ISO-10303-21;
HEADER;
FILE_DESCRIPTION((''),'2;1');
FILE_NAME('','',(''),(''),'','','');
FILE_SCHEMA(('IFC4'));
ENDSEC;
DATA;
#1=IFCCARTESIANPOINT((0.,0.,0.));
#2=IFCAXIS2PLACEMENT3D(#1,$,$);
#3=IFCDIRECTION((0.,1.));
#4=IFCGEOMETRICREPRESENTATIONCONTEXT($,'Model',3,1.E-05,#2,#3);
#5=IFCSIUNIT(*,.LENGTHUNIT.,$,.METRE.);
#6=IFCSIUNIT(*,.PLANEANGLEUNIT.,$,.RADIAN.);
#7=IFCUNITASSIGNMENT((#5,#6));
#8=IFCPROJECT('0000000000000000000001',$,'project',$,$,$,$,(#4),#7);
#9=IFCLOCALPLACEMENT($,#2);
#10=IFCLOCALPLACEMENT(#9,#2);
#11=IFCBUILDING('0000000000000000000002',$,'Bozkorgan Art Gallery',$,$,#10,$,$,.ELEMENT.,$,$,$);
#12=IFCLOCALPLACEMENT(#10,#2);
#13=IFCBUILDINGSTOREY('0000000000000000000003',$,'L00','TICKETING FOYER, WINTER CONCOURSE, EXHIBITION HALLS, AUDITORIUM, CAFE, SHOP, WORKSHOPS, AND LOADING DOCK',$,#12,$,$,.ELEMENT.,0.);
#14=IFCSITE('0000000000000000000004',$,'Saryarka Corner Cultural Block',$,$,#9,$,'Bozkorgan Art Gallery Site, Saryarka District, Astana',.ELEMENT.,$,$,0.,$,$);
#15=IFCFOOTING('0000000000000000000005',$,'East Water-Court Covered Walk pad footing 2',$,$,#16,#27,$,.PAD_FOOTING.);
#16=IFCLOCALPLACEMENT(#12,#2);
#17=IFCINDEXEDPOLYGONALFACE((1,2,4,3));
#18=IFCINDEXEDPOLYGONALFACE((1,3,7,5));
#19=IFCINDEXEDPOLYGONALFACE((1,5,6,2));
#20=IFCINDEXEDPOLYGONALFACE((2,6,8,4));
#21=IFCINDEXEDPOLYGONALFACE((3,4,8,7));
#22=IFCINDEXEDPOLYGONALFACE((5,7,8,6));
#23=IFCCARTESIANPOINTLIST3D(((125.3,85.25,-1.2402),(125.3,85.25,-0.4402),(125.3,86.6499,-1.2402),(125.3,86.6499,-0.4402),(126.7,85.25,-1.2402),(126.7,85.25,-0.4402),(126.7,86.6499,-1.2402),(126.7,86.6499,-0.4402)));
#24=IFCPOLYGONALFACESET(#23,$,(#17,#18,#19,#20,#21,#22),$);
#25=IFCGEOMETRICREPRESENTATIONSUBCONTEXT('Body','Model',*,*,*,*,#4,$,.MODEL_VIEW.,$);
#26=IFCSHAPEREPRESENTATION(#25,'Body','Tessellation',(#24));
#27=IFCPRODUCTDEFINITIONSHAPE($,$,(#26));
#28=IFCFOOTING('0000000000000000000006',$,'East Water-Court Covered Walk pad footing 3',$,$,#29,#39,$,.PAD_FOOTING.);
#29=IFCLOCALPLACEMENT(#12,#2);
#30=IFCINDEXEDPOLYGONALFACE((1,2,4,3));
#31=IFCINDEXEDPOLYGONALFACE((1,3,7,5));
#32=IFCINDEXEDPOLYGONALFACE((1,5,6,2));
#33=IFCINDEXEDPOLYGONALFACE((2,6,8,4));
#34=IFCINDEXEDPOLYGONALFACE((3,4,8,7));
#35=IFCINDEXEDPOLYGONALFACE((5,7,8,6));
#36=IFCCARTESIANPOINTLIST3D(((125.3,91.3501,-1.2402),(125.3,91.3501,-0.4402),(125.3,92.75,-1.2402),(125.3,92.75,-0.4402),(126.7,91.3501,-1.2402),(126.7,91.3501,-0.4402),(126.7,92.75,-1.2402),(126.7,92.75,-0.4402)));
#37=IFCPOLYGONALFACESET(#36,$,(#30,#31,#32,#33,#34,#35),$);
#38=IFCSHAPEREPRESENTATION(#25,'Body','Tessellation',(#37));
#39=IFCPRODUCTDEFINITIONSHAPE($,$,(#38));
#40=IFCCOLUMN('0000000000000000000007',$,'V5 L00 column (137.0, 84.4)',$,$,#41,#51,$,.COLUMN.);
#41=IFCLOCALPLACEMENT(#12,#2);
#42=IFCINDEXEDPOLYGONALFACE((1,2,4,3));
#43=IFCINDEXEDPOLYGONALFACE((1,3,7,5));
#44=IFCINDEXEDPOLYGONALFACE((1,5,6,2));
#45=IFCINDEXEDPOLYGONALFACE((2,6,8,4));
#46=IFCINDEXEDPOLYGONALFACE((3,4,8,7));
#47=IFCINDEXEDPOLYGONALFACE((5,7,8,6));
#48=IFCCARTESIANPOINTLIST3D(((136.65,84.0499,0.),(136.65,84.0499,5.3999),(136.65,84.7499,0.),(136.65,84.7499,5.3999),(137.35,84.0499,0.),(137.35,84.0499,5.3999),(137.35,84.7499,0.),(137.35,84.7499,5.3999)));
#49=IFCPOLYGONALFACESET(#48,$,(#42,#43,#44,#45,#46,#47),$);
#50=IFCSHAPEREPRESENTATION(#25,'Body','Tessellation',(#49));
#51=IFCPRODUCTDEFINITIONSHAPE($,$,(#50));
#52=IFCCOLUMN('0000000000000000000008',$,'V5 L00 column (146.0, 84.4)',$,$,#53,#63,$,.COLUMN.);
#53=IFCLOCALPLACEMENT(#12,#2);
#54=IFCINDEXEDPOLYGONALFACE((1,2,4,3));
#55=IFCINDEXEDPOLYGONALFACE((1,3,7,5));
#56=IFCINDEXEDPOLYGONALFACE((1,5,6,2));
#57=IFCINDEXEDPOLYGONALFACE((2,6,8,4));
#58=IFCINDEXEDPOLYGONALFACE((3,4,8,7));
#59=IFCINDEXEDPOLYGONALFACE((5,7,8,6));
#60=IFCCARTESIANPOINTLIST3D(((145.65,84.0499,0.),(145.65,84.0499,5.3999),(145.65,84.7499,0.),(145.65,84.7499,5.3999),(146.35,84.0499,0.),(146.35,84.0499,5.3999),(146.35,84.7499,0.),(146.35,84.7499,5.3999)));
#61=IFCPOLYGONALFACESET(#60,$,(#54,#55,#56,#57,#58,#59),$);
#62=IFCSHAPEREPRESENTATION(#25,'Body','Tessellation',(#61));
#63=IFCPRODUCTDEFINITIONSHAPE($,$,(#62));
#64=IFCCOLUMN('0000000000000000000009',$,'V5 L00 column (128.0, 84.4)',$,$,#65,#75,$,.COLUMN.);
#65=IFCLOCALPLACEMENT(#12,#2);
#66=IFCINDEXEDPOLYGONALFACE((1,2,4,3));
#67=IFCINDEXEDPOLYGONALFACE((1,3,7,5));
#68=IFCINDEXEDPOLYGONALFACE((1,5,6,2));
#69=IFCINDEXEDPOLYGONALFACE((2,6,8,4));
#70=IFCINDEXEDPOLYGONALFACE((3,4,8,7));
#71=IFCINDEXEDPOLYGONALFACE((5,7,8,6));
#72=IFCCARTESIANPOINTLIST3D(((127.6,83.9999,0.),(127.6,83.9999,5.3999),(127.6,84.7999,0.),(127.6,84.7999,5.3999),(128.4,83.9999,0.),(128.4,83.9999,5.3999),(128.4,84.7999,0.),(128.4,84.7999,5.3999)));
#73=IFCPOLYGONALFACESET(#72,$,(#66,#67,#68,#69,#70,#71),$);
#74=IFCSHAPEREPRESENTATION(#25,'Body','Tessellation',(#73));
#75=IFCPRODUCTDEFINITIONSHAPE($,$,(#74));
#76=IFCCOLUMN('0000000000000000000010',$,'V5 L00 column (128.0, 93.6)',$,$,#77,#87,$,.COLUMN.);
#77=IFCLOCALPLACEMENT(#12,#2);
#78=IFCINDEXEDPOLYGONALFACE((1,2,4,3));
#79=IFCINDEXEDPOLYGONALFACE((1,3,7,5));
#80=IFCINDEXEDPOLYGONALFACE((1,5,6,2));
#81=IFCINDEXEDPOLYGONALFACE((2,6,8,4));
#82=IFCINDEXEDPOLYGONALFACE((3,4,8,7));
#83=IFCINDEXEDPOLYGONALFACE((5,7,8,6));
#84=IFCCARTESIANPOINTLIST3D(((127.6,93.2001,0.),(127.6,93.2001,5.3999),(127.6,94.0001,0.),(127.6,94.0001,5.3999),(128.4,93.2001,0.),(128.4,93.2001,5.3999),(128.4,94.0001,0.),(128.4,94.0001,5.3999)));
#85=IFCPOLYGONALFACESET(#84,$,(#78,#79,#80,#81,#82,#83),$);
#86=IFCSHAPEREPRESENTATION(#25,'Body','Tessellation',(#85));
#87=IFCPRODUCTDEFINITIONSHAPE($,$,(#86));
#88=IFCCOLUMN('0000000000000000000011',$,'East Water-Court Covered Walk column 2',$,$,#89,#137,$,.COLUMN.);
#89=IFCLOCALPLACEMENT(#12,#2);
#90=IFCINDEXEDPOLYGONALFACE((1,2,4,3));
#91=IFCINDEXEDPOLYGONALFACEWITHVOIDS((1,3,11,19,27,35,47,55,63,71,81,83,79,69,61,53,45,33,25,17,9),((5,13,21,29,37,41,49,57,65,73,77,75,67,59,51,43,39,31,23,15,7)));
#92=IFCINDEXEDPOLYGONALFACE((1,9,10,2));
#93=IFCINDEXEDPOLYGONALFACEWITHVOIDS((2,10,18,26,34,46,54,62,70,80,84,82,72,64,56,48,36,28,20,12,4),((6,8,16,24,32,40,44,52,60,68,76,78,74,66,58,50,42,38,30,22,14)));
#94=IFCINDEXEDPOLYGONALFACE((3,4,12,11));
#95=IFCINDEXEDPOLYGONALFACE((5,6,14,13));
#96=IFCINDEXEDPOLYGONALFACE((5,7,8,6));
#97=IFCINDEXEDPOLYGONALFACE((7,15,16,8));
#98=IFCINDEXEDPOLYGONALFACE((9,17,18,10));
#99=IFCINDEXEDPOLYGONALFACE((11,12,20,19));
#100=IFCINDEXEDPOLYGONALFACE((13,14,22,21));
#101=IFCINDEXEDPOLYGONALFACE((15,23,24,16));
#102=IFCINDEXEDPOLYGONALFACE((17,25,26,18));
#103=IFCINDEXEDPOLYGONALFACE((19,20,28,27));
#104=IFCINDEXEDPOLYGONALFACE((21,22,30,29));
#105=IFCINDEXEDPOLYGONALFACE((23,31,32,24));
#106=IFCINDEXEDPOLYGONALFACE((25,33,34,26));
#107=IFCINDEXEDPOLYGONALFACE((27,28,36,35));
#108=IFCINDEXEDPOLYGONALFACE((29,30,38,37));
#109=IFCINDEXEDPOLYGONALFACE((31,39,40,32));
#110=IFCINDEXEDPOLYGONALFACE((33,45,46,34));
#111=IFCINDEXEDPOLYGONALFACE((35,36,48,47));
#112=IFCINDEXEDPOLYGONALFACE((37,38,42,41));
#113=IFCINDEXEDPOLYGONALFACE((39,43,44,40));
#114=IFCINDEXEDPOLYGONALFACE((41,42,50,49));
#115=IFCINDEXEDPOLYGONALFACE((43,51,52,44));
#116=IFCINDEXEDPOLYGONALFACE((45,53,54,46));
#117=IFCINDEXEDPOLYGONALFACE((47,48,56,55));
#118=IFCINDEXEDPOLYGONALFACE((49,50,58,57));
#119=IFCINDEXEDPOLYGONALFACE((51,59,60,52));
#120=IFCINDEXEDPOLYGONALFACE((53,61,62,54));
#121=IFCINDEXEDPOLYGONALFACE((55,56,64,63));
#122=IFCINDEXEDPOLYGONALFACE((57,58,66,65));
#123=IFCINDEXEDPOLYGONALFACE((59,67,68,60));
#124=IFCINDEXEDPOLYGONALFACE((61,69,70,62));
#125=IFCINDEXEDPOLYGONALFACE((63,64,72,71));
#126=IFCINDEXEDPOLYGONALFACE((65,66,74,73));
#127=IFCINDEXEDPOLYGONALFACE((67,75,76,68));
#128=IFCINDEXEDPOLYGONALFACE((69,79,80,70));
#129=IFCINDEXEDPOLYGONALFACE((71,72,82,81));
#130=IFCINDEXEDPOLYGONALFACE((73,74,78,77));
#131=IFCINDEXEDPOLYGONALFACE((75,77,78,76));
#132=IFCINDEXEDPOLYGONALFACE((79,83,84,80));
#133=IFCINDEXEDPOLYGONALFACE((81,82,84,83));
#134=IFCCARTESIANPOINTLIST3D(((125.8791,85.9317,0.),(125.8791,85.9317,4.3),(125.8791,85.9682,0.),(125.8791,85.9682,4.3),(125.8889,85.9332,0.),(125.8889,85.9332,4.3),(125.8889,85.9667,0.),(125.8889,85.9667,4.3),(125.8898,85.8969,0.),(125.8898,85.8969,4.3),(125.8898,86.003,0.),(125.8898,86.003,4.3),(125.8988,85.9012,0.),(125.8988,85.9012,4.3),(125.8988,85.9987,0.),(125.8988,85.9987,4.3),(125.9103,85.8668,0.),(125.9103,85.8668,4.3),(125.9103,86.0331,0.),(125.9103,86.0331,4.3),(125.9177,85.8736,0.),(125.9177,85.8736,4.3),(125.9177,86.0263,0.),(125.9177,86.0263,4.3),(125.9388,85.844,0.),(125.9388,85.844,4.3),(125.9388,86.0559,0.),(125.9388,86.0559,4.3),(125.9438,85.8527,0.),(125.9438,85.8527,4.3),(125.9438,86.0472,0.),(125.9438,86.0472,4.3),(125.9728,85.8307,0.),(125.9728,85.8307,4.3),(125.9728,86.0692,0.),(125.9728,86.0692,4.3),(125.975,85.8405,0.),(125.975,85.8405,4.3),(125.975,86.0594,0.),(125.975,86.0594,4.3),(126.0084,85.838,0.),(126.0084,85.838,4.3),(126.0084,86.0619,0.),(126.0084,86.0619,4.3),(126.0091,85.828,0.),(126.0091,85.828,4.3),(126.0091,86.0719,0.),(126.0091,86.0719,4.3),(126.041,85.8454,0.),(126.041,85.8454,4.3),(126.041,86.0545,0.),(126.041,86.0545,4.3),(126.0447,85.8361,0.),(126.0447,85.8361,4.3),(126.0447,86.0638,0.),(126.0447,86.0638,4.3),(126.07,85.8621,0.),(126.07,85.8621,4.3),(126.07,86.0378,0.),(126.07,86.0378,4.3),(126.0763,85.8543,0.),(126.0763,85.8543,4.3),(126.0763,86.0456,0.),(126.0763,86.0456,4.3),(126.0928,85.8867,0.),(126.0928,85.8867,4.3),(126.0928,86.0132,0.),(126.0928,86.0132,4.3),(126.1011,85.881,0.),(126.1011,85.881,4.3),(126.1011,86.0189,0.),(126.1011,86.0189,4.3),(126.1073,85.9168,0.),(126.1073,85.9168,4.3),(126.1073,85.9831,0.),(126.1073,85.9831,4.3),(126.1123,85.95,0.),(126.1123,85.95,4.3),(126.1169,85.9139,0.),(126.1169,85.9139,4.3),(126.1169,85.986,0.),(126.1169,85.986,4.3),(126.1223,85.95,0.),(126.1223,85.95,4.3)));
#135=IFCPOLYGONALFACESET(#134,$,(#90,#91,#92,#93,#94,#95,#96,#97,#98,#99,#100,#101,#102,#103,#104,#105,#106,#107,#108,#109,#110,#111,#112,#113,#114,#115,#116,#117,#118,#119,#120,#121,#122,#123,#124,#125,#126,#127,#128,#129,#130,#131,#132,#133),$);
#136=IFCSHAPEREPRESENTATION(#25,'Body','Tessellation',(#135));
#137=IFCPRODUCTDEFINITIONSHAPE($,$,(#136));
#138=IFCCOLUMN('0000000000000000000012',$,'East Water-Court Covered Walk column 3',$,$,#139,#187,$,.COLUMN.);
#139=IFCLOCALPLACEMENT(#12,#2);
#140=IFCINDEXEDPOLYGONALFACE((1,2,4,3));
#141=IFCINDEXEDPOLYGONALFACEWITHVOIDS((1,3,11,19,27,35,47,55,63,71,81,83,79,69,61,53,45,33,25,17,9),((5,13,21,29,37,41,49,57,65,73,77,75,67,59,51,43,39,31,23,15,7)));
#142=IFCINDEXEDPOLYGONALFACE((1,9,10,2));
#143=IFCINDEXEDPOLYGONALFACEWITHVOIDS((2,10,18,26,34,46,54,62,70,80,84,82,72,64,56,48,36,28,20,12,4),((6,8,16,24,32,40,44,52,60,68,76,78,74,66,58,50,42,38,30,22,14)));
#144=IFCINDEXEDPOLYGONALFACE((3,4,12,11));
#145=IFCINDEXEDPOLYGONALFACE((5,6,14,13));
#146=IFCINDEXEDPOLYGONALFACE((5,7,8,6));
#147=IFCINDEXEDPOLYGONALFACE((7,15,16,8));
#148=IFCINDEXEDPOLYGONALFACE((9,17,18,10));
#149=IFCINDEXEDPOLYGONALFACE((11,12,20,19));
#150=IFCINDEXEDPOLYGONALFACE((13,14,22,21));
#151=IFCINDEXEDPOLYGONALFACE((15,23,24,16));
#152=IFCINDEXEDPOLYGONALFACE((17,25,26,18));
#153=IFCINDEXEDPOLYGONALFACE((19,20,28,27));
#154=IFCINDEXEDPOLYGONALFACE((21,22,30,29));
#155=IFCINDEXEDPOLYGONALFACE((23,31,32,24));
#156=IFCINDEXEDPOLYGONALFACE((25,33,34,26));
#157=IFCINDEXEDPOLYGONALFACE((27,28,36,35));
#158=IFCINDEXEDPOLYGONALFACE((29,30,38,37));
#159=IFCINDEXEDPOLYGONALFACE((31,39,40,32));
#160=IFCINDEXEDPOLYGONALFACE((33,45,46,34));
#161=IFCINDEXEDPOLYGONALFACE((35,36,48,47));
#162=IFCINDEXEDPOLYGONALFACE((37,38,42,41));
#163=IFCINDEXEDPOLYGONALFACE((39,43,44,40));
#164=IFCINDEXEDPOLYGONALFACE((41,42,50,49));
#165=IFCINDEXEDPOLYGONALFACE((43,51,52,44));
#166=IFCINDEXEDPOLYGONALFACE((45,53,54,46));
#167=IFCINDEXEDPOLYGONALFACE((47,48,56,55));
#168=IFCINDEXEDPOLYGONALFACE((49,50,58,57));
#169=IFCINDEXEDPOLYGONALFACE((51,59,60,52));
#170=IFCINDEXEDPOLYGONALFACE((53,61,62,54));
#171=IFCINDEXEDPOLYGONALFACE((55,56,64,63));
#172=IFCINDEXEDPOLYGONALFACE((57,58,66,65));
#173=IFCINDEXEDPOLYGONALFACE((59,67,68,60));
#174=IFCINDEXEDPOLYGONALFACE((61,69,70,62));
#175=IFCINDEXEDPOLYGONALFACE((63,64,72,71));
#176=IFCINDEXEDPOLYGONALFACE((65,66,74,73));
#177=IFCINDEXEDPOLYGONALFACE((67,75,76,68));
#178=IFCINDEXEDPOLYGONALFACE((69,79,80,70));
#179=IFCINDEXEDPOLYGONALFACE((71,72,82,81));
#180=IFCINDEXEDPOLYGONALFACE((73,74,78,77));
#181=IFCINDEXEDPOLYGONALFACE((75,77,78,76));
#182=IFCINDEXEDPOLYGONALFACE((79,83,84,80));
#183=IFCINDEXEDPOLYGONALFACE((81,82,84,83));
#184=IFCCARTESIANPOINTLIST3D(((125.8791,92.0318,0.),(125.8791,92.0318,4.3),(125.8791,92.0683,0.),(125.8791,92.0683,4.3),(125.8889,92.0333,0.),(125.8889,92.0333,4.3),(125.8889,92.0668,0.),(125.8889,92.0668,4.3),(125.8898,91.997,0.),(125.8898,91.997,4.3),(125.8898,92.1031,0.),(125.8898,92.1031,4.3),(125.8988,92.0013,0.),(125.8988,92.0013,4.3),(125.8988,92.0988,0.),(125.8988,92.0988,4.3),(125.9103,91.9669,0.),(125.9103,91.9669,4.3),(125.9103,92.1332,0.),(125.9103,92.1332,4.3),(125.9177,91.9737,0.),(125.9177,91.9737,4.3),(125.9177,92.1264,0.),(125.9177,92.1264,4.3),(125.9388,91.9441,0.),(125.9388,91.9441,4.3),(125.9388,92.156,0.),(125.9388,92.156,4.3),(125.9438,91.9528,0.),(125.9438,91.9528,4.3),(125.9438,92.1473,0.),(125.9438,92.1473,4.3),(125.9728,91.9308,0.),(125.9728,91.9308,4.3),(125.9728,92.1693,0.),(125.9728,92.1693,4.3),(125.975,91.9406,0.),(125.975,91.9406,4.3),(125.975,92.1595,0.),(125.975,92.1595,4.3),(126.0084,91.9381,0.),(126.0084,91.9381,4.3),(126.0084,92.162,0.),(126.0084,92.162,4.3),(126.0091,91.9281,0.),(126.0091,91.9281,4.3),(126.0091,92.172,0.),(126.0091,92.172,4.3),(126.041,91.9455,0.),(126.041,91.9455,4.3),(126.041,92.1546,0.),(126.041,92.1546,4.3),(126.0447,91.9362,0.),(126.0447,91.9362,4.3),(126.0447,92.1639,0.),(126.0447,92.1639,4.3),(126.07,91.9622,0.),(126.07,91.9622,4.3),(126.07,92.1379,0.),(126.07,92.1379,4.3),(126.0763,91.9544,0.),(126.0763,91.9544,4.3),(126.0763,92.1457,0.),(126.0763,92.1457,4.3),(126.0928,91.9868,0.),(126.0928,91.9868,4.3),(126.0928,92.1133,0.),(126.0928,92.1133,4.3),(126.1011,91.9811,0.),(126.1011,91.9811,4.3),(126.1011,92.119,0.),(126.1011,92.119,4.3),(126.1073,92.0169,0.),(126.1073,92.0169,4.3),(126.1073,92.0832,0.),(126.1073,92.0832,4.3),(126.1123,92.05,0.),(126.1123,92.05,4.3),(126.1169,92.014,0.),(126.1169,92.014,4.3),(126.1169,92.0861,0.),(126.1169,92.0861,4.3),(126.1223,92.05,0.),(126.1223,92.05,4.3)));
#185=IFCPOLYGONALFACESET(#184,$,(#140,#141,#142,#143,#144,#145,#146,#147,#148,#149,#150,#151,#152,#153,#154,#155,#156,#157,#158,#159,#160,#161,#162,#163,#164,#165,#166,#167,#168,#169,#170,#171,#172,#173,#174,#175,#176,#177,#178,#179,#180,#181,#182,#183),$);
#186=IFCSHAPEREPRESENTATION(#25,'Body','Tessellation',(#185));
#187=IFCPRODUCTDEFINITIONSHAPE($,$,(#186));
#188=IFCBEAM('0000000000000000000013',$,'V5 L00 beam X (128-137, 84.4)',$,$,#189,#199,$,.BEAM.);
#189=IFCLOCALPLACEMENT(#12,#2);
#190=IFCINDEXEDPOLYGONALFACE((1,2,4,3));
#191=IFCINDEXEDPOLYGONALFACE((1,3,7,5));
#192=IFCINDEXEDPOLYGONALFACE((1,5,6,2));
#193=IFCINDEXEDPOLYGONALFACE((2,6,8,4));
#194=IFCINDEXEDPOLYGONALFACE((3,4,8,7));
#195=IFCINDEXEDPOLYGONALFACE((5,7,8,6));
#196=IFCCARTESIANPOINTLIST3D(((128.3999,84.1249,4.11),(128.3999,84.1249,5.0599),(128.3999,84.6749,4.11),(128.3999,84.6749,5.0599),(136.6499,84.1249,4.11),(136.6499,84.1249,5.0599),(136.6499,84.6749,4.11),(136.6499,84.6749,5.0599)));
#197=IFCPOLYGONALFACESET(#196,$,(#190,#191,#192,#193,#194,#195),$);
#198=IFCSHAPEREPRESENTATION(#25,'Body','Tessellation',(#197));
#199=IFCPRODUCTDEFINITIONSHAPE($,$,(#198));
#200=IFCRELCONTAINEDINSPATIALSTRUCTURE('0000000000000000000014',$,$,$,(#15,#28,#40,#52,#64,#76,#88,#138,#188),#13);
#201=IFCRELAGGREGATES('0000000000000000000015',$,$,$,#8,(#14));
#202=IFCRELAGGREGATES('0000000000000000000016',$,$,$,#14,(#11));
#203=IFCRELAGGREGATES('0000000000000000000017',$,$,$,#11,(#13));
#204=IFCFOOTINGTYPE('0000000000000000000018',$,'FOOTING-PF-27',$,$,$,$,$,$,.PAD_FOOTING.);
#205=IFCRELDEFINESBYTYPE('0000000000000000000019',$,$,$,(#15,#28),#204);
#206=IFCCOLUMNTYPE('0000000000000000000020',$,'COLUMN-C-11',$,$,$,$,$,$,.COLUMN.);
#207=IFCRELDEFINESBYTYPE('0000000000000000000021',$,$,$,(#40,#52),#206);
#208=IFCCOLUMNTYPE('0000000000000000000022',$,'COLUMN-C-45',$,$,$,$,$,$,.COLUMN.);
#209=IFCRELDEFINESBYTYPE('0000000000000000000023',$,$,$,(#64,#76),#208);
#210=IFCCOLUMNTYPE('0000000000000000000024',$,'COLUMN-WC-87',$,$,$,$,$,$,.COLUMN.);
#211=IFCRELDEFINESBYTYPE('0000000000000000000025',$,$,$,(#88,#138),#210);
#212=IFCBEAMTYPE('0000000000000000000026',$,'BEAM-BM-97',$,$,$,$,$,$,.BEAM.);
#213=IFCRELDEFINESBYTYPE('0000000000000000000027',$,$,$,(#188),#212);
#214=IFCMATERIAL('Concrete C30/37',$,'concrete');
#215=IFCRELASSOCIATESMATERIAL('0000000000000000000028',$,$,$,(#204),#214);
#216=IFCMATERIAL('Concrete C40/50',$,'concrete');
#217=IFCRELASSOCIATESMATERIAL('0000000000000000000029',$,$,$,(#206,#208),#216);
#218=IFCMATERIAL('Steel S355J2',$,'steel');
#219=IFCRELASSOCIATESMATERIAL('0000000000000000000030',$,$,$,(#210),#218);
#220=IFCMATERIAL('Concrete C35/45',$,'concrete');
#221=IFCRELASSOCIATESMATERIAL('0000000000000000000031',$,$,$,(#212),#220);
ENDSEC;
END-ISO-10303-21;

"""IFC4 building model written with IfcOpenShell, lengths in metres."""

from ifc_helpers import new_model, si_unit, direction, frame, origin, origin_2d, place, context, subcontext, project, spatial, rectangle, hollow_circle, extrude, material, material_profile, profile_set, type_object, element, save


model = new_model("IFC4")

# Units and contexts
model_context = context("Model", 3, precision=1e-05, world=origin(), true_north=direction((0.0, 1.0)))
body_context = subcontext(model_context, "Body", "Model", "MODEL_VIEW")
ifc_project = project(units=[si_unit("LENGTHUNIT", "METRE"), si_unit("PLANEANGLEUNIT", "RADIAN")], contexts=[model_context])

# Site, building, storey
site_placement = place(None, origin())
site = spatial("IfcSite", under=ifc_project, at=site_placement, Name="Saryarka Corner Cultural Block", LongName="Bozkorgan Art Gallery Site, Saryarka District, Astana", CompositionType="ELEMENT", RefElevation=0.0)
building_placement = place(site_placement, origin())
building = spatial("IfcBuilding", under=site, at=building_placement, Name="Bozkorgan Art Gallery", CompositionType="ELEMENT")
storey_placement = place(building_placement, origin())
storey = spatial("IfcBuildingStorey", under=building, at=storey_placement, Name="L00", Description="TICKETING FOYER, WINTER CONCOURSE, EXHIBITION HALLS, AUDITORIUM, CAFE, SHOP, WORKSHOPS, AND LOADING DOCK", CompositionType="ELEMENT", Elevation=0.0)

# Footings
ifc_material_1 = material(Name="Concrete C30/37", Category="concrete")
footing_type = type_object("IfcFootingType", Name="FOOTING-PF-27", PredefinedType="PAD_FOOTING", material=ifc_material_1)
for number, where, z_axis, x_axis, name in (
    (1, (126.0, 85.95, -1.2402), (0.0, 0.0, 1.0), (1.0, 0.0, 0.0), "East Water-Court Covered Walk pad footing 2"),
    (2, (126.0, 92.05, -1.2402), (0.0, 0.0, 1.0), (1.0, 0.0, 0.0), "East Water-Court Covered Walk pad footing 3"),
):
    element("IfcFooting", number, at=place(storey_placement, frame(where, z_axis=z_axis, x_axis=x_axis)), inside=storey, type_object=footing_type, Name=name, PredefinedType="PAD_FOOTING", context=body_context, shape_type="SweptSolid", body=[
        extrude(rectangle(XDim=1.3999, YDim=1.3999, at=origin_2d()), origin(), (0.0, 0.0, 1.0), 0.8),
    ])

# Columns
ifc_material_2 = material(Name="Concrete C40/50", Category="concrete")
ifc_material_profile_1 = material_profile(ifc_material_2, rectangle(XDim=0.7, YDim=0.7, at=origin_2d()), Name="RC 700x700")
ifc_profile_set_1 = profile_set([ifc_material_profile_1], Name="Concrete C40/50")
column_type_1 = type_object("IfcColumnType", Name="COLUMN-C-11", PredefinedType="COLUMN", material=ifc_profile_set_1)
for number, where, z_axis, x_axis, name in (
    (3, (137.0, 84.3999, 0.0), (0.0, 0.0, 1.0), (1.0, 0.0, 0.0), "V5 L00 column (137.0, 84.4)"),
    (4, (146.0, 84.3999, 0.0), (0.0, 0.0, 1.0), (1.0, 0.0, 0.0), "V5 L00 column (146.0, 84.4)"),
):
    element("IfcColumn", number, at=place(storey_placement, frame(where, z_axis=z_axis, x_axis=x_axis)), inside=storey, type_object=column_type_1, Name=name, PredefinedType="COLUMN", context=body_context, shape_type="SweptSolid", body=[
        extrude(rectangle(XDim=0.7, YDim=0.7, at=origin_2d()), origin(), (0.0, 0.0, 1.0), 5.3999),
    ])
ifc_material_profile_2 = material_profile(ifc_material_2, rectangle(XDim=0.8, YDim=0.8, at=origin_2d()), Name="RC 800x800")
ifc_profile_set_2 = profile_set([ifc_material_profile_2], Name="Concrete C40/50")
column_type_2 = type_object("IfcColumnType", Name="COLUMN-C-45", PredefinedType="COLUMN", material=ifc_profile_set_2)
for number, where, z_axis, x_axis, name in (
    (5, (128.0, 84.3999, 0.0), (0.0, 0.0, 1.0), (1.0, 0.0, 0.0), "V5 L00 column (128.0, 84.4)"),
    (6, (128.0, 93.6001, 0.0), (0.0, 0.0, 1.0), (1.0, 0.0, 0.0), "V5 L00 column (128.0, 93.6)"),
):
    element("IfcColumn", number, at=place(storey_placement, frame(where, z_axis=z_axis, x_axis=x_axis)), inside=storey, type_object=column_type_2, Name=name, PredefinedType="COLUMN", context=body_context, shape_type="SweptSolid", body=[
        extrude(rectangle(XDim=0.8, YDim=0.8, at=origin_2d()), origin(), (0.0, 0.0, 1.0), 5.3999),
    ])
ifc_material_3 = material(Name="Steel S355J2", Category="steel")
ifc_material_profile_3 = material_profile(ifc_material_3, hollow_circle(Radius=0.1223, WallThickness=0.01, at=origin_2d()), Name="CHS 244.5x10")
ifc_profile_set_3 = profile_set([ifc_material_profile_3], Name="Steel S355J2")
column_type_3 = type_object("IfcColumnType", Name="COLUMN-WC-87", PredefinedType="COLUMN", material=ifc_profile_set_3)
for number, where, z_axis, x_axis, name in (
    (7, (126.0, 85.95, 0.0), (0.0, 0.0, 1.0), (1.0, 0.0, 0.0), "East Water-Court Covered Walk column 2"),
    (8, (126.0, 92.05, 0.0), (0.0, 0.0, 1.0), (1.0, 0.0, 0.0), "East Water-Court Covered Walk column 3"),
):
    element("IfcColumn", number, at=place(storey_placement, frame(where, z_axis=z_axis, x_axis=x_axis)), inside=storey, type_object=column_type_3, Name=name, PredefinedType="COLUMN", context=body_context, shape_type="SweptSolid", body=[
        extrude(hollow_circle(Radius=0.1223, WallThickness=0.01, at=origin_2d()), origin(), (0.0, 0.0, 1.0), 4.3),
    ])

# Beam
ifc_material_4 = material(Name="Concrete C35/45", Category="concrete")
ifc_material_profile_4 = material_profile(ifc_material_4, rectangle(XDim=0.55, YDim=0.95, at=origin_2d()), Name="RC 550x950")
ifc_profile_set_4 = profile_set([ifc_material_profile_4], Name="Concrete C35/45")
beam_type = type_object("IfcBeamType", Name="BEAM-BM-97", PredefinedType="BEAM", material=ifc_profile_set_4)
beam_1_placement = place(storey_placement, frame((128.3999, 84.3999, 4.585), z_axis=(1.0, 0.0, 0.0), x_axis=(0.0, 1.0, 0.0)))
element("IfcBeam", 9, at=beam_1_placement, inside=storey, type_object=beam_type, Name="V5 L00 beam X (128-137, 84.4)", PredefinedType="BEAM", context=body_context, shape_type="SweptSolid", body=[
    extrude(rectangle(XDim=0.55, YDim=0.95, at=origin_2d()), origin(), (0.0, 0.0, 1.0), 8.25),
])

save(model, "model.ifc")
